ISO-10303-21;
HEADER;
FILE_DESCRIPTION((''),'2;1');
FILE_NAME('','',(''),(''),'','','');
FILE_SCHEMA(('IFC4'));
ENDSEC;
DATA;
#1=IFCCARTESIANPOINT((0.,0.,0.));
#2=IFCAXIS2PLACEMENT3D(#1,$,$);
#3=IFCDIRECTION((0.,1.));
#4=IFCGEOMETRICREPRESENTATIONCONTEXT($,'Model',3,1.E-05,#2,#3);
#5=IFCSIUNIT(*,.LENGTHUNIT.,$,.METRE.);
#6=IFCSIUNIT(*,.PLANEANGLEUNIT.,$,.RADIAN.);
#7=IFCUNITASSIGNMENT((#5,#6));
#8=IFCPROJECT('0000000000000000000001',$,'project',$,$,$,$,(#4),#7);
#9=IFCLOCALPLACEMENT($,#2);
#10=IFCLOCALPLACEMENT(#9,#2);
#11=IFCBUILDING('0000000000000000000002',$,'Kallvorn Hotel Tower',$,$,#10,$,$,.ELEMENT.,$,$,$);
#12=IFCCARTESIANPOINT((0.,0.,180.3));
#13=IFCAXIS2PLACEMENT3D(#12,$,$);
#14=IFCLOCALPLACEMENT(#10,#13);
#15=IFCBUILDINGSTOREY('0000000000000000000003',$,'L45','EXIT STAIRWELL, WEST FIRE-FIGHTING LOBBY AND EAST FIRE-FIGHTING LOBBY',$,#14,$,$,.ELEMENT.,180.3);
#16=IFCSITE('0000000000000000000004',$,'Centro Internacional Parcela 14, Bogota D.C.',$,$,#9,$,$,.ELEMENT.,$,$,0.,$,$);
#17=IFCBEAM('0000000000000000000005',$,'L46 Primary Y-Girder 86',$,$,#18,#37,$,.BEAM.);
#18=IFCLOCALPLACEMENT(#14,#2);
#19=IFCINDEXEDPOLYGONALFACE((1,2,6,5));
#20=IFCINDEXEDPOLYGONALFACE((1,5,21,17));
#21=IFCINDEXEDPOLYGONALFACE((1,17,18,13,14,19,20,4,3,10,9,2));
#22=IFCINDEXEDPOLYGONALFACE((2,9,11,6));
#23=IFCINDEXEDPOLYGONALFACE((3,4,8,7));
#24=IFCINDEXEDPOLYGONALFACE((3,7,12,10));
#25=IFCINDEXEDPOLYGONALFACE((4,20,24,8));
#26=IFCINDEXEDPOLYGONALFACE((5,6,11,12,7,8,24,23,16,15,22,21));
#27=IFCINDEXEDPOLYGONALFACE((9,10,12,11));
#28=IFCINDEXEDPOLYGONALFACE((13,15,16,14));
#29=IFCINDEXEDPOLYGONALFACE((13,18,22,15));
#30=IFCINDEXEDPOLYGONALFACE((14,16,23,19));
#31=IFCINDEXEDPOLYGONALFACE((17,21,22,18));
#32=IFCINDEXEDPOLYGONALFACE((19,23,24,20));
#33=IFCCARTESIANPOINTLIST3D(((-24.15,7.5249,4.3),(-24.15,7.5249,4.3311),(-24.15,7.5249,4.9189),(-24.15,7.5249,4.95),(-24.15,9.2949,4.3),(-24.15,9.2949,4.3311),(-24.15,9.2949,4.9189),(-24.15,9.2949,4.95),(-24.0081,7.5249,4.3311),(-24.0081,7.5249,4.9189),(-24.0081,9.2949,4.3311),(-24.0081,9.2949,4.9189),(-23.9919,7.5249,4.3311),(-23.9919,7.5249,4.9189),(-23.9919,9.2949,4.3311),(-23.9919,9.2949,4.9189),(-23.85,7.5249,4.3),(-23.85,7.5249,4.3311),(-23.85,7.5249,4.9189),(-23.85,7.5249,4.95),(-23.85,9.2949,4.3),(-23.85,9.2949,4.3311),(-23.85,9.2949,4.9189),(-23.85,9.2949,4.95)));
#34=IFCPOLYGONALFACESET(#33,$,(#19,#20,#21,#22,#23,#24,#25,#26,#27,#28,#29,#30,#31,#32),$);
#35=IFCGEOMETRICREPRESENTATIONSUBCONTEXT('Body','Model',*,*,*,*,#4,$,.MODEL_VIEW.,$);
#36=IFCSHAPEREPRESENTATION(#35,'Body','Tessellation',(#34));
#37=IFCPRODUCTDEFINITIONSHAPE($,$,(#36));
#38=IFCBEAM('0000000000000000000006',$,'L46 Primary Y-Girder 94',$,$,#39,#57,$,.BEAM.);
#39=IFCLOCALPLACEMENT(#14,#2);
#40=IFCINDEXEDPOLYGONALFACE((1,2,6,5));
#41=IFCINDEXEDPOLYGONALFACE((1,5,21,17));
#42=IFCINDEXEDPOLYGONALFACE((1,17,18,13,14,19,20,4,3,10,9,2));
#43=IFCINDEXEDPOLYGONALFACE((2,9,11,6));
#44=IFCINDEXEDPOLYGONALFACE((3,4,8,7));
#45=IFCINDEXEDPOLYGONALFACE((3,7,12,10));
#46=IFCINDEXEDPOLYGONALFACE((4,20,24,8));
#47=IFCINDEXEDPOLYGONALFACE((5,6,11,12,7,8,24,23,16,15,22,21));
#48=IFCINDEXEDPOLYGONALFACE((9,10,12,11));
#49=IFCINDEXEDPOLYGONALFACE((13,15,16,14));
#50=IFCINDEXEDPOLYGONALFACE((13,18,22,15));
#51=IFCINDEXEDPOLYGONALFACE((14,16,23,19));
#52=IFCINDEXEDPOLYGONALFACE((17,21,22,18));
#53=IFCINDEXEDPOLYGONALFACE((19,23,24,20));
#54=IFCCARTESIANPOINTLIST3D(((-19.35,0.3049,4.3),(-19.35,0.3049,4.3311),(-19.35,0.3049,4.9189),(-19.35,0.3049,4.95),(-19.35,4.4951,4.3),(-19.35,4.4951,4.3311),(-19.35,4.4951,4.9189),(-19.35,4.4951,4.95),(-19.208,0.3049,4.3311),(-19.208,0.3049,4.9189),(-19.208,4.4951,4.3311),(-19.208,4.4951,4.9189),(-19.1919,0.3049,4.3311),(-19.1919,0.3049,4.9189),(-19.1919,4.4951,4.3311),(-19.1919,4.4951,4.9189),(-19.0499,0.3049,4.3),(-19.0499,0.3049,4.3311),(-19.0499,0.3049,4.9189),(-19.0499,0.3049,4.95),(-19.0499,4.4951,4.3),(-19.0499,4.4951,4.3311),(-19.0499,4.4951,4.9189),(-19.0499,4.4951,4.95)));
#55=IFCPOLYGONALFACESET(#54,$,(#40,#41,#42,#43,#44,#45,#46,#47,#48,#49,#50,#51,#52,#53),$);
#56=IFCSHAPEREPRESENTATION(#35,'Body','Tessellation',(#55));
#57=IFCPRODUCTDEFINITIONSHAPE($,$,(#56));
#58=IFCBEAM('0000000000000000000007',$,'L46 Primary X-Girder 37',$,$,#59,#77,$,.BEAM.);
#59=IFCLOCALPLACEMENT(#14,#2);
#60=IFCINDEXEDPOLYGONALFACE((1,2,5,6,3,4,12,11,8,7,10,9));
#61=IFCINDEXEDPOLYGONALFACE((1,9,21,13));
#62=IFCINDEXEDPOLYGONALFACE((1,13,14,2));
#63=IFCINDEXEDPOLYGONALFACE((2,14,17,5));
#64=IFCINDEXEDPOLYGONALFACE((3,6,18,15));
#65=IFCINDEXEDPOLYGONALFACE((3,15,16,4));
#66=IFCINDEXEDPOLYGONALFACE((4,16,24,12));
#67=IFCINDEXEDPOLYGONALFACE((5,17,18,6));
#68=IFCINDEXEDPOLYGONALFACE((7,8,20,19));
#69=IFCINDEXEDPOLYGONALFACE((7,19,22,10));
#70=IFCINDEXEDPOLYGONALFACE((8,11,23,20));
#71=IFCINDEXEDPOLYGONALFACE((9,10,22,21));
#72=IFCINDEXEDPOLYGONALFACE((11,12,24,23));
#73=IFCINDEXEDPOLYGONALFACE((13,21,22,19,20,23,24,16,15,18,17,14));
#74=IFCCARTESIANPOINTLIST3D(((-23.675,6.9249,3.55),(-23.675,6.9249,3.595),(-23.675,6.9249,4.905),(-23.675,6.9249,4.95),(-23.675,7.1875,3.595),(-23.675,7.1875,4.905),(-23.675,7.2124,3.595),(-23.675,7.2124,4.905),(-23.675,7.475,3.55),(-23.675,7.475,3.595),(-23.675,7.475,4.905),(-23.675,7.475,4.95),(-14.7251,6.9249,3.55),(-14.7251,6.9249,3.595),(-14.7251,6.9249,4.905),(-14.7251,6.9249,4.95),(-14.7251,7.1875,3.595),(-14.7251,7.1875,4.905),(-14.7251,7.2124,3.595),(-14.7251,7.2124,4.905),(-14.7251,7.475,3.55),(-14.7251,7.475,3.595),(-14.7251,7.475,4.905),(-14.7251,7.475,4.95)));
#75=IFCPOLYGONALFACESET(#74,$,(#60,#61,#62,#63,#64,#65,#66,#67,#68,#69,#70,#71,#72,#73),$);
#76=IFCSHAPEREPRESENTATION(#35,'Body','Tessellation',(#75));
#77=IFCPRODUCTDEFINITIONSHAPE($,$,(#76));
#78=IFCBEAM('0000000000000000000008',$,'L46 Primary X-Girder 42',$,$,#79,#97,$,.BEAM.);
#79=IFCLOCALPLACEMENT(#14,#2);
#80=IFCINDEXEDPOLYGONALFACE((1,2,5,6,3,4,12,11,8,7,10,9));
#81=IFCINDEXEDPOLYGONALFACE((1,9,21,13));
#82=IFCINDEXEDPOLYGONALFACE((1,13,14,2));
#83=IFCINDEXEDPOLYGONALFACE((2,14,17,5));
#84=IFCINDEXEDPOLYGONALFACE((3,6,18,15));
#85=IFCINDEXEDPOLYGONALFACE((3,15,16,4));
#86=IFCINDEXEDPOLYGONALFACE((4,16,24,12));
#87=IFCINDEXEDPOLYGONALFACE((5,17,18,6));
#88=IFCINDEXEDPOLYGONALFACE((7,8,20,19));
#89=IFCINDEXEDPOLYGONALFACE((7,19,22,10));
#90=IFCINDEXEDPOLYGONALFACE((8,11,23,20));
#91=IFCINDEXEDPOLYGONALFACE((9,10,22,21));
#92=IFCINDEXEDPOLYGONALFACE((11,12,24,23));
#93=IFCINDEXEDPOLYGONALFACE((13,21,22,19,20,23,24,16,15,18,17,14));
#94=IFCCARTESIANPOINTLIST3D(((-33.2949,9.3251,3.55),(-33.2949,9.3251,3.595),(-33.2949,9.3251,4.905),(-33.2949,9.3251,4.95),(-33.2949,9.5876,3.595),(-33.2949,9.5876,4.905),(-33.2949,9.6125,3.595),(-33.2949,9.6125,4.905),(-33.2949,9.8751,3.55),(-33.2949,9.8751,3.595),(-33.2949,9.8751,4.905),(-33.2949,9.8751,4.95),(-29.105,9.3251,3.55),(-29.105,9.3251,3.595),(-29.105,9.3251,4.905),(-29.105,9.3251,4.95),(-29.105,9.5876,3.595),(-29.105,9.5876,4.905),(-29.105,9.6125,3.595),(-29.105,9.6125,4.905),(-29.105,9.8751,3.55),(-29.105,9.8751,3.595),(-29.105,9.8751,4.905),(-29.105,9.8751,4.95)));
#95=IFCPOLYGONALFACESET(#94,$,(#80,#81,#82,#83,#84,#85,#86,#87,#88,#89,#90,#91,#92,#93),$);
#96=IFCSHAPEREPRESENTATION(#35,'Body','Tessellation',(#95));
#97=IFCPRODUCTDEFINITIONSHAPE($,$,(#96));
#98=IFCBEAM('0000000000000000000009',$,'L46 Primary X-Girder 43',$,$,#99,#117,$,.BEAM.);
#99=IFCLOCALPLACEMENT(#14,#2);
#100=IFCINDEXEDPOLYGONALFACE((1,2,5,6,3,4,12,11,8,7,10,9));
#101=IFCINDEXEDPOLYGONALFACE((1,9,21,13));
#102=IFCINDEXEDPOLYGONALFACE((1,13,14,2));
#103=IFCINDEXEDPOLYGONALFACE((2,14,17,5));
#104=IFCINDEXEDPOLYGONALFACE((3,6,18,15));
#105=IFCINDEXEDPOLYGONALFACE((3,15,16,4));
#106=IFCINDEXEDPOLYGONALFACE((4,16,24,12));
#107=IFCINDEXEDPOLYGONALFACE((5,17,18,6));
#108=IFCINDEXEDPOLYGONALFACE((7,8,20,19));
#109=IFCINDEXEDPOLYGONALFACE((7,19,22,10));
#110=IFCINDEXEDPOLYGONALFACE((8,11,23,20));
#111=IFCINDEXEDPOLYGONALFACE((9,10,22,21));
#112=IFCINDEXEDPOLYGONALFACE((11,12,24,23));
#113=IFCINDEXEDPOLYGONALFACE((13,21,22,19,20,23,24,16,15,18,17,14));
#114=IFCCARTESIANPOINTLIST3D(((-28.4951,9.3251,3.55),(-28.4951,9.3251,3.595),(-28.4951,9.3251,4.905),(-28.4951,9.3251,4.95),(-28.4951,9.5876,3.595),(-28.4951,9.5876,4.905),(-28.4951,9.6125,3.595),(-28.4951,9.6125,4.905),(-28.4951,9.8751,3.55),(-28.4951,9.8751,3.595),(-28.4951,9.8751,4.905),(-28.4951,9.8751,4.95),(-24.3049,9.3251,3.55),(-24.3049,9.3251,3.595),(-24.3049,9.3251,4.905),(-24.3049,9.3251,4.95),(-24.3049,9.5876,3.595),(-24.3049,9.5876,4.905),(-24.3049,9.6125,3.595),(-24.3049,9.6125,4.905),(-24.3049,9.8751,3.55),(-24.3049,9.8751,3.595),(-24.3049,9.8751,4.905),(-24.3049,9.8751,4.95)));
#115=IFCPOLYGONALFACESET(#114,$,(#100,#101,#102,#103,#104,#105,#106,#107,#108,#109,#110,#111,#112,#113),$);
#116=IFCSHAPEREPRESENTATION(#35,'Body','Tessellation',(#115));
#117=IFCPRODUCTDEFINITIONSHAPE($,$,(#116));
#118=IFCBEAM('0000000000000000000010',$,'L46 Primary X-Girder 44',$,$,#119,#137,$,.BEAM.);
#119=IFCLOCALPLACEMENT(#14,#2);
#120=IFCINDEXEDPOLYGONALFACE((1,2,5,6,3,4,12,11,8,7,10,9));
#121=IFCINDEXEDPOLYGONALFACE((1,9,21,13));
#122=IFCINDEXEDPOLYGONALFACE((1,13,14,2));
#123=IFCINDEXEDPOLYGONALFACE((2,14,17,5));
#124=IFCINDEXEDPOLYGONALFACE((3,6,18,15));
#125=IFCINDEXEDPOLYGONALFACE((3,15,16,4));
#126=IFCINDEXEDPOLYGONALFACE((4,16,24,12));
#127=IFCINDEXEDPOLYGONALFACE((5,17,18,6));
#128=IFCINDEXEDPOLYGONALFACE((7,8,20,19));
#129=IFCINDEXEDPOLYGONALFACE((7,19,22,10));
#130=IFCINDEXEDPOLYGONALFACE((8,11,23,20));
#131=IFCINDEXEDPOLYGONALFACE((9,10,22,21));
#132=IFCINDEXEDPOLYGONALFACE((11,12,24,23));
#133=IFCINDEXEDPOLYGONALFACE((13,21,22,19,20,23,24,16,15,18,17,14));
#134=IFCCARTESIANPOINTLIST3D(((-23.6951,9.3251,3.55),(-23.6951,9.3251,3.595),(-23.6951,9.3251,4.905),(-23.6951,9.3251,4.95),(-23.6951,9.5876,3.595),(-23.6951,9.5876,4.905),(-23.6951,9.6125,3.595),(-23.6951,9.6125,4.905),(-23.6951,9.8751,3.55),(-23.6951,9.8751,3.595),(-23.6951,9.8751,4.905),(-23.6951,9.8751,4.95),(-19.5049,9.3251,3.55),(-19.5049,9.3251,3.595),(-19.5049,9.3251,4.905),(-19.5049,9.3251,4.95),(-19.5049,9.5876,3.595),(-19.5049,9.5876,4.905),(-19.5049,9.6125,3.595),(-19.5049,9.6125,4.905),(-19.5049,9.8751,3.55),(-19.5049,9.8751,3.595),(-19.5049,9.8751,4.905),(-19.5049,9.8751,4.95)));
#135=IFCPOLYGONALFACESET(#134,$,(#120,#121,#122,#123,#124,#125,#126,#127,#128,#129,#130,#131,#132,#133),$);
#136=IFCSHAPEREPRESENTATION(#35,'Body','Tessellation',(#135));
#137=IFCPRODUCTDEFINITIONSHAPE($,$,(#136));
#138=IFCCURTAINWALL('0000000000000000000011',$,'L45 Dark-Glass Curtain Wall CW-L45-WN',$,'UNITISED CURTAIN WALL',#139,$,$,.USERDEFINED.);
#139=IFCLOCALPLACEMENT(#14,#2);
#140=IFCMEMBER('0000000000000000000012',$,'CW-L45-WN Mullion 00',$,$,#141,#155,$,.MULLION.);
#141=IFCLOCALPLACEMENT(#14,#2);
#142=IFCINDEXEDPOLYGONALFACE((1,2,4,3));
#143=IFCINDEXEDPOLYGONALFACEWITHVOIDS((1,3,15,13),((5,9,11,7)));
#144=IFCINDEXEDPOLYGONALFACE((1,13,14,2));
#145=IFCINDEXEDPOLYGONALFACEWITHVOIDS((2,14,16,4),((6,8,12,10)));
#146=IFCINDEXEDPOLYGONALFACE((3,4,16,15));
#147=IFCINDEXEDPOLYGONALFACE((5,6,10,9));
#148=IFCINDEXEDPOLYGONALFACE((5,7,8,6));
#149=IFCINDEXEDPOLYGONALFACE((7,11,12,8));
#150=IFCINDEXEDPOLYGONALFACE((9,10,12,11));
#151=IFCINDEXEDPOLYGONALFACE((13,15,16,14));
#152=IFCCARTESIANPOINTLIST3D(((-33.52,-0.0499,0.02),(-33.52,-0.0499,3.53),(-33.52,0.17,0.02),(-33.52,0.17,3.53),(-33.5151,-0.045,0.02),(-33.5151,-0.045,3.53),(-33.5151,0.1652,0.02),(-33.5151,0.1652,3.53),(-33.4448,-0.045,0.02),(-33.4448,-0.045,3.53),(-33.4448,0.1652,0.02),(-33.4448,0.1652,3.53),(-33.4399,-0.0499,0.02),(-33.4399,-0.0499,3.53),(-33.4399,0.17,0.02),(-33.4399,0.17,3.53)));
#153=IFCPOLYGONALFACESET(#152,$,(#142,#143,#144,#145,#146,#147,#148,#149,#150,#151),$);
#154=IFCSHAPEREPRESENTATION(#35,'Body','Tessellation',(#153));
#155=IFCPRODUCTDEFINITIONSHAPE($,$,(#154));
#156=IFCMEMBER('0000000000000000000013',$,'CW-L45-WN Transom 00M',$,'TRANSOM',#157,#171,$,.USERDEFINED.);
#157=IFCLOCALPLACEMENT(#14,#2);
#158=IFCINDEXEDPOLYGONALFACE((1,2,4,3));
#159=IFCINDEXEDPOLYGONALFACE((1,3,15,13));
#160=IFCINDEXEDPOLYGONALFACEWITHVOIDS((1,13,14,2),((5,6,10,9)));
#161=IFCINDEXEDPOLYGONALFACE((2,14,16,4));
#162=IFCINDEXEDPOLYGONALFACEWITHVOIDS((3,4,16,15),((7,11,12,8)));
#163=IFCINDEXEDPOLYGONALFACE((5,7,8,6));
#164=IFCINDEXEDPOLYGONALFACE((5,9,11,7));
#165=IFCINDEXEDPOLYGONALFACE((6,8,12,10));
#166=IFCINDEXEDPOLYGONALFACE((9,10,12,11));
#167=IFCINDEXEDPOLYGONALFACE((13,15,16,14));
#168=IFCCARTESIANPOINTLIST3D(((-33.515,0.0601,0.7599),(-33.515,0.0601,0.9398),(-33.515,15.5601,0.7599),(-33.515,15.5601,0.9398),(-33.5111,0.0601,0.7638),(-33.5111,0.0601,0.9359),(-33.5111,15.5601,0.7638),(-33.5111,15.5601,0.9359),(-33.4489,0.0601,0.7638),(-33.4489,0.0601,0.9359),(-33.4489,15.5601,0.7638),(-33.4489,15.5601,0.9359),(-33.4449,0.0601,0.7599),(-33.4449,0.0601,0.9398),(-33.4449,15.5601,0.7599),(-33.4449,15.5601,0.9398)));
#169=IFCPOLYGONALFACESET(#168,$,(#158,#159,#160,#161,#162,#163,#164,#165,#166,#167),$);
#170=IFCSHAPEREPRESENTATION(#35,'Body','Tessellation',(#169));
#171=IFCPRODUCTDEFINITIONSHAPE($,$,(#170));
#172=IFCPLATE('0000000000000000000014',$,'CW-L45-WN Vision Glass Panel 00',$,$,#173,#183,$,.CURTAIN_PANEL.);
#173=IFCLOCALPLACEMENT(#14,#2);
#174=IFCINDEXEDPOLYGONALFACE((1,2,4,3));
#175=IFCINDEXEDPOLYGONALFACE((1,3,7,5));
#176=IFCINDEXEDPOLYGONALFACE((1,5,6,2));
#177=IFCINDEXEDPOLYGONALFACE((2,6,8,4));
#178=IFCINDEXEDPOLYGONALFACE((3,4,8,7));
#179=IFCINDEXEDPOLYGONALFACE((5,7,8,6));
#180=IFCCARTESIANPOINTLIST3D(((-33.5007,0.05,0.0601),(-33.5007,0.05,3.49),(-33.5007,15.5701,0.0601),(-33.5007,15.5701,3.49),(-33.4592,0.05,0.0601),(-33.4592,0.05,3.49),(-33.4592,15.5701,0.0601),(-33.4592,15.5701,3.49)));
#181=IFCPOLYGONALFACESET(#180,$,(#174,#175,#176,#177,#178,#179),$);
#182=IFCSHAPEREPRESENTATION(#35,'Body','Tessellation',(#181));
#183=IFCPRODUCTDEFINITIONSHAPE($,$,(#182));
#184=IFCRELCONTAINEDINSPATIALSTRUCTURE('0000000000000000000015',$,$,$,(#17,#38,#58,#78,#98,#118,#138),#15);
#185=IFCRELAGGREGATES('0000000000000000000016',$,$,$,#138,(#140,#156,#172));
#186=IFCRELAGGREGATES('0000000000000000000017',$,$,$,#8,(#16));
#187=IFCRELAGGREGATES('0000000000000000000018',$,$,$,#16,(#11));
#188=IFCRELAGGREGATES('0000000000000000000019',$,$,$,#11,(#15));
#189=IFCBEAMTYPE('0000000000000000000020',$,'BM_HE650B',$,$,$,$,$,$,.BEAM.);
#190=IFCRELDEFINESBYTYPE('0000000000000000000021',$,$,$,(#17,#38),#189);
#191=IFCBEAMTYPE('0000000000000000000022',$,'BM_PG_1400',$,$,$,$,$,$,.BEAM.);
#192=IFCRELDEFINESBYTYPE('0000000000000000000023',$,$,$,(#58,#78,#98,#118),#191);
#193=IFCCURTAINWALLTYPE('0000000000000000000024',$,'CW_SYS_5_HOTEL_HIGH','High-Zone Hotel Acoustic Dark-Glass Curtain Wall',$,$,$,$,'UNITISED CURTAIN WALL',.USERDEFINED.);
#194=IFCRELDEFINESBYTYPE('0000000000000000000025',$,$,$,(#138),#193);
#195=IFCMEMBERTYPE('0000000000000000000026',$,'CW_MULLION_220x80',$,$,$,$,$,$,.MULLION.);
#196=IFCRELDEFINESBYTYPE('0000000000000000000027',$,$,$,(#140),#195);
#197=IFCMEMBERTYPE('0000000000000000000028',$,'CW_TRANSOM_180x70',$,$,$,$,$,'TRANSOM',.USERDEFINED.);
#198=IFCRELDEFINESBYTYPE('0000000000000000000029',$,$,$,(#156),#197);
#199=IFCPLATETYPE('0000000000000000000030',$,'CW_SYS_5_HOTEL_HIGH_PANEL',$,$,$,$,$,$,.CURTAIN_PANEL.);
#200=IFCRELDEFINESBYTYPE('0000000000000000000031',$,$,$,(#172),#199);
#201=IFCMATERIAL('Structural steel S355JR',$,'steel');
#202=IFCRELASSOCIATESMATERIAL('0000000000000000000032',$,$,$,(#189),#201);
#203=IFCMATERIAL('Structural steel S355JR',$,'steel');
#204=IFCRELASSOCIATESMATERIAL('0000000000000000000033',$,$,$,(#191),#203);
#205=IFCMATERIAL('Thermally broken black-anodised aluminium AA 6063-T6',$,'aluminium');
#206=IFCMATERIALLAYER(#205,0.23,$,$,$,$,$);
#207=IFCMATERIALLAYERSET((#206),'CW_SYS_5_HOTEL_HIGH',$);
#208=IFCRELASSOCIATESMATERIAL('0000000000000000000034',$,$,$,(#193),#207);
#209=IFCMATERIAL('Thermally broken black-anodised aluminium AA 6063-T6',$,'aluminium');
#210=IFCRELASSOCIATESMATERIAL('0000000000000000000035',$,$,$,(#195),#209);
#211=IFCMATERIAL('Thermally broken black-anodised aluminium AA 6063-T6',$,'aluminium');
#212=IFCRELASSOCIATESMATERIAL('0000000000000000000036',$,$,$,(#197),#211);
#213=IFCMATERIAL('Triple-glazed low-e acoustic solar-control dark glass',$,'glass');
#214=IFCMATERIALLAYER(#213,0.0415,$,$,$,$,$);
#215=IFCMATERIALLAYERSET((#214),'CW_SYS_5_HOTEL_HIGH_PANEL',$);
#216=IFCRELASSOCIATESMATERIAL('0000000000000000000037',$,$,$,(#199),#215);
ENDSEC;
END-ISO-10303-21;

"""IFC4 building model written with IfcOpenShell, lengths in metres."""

from ifc_helpers import new_model, si_unit, direction, frame, origin, origin_2d, place, context, subcontext, project, spatial, rectangle, hollow_rectangle, i_section, extrude, material, layer, layer_set, material_profile, profile_set, type_object, element, aggregate, save


model = new_model("IFC4")

# Units and contexts
model_context = context("Model", 3, precision=1e-05, world=origin(), true_north=direction((0.0, 1.0)))
body_context = subcontext(model_context, "Body", "Model", "MODEL_VIEW")
ifc_project = project(units=[si_unit("LENGTHUNIT", "METRE"), si_unit("PLANEANGLEUNIT", "RADIAN")], contexts=[model_context])

# Site, building, storey
site_placement = place(None, origin())
site = spatial("IfcSite", under=ifc_project, at=site_placement, Name="Centro Internacional Parcela 14, Bogota D.C.", CompositionType="ELEMENT", RefElevation=0.0)
building_placement = place(site_placement, origin())
building = spatial("IfcBuilding", under=site, at=building_placement, Name="Kallvorn Hotel Tower", CompositionType="ELEMENT")
storey_placement = place(building_placement, frame((0.0, 0.0, 180.3)))
storey = spatial("IfcBuildingStorey", under=building, at=storey_placement, Name="L45", Description="EXIT STAIRWELL, WEST FIRE-FIGHTING LOBBY AND EAST FIRE-FIGHTING LOBBY", CompositionType="ELEMENT", Elevation=180.3)

# Beams
ifc_material_1 = material(Name="Structural steel S355JR", Category="steel")
ifc_material_profile_1 = material_profile(ifc_material_1, i_section(OverallWidth=0.3, OverallDepth=0.6499, WebThickness=0.0161, FlangeThickness=0.031, at=origin_2d()), Name="HE 650 B")
ifc_profile_set_1 = profile_set([ifc_material_profile_1], Name="Structural steel S355JR")
beam_type_1 = type_object("IfcBeamType", Name="BM_HE650B", PredefinedType="BEAM", material=ifc_profile_set_1)
beam_1_placement = place(storey_placement, frame((-24.0, 7.5249, 4.625), z_axis=(0.0, 1.0, 0.0), x_axis=(-1.0, 0.0, 0.0)))
element("IfcBeam", 1, at=beam_1_placement, inside=storey, type_object=beam_type_1, Name="L46 Primary Y-Girder 86", PredefinedType="BEAM", context=body_context, shape_type="SweptSolid", body=[
    extrude(i_section(OverallWidth=0.3, OverallDepth=0.6499, WebThickness=0.0161, FlangeThickness=0.031, at=origin_2d()), origin(), (0.0, 0.0, 1.0), 1.77),
])
beam_2_placement = place(storey_placement, frame((-19.2, 0.3049, 4.625), z_axis=(0.0, 1.0, 0.0), x_axis=(-1.0, 0.0, 0.0)))
element("IfcBeam", 2, at=beam_2_placement, inside=storey, type_object=beam_type_1, Name="L46 Primary Y-Girder 94", PredefinedType="BEAM", context=body_context, shape_type="SweptSolid", body=[
    extrude(i_section(OverallWidth=0.3, OverallDepth=0.6499, WebThickness=0.0161, FlangeThickness=0.031, at=origin_2d()), origin(), (0.0, 0.0, 1.0), 4.1902),
])
ifc_material_2 = material(Name="Structural steel S355JR", Category="steel")
ifc_material_profile_2 = material_profile(ifc_material_2, i_section(OverallWidth=0.55, OverallDepth=1.3999, WebThickness=0.0249, FlangeThickness=0.0449, at=origin_2d()), Name="PG 1400x550x25x45")
ifc_profile_set_2 = profile_set([ifc_material_profile_2], Name="Structural steel S355JR")
beam_type_2 = type_object("IfcBeamType", Name="BM_PG_1400", PredefinedType="BEAM", material=ifc_profile_set_2)
beam_3_placement = place(storey_placement, frame((-23.675, 7.2, 4.25), z_axis=(1.0, 0.0, 0.0), x_axis=(0.0, 1.0, 0.0)))
element("IfcBeam", 3, at=beam_3_placement, inside=storey, type_object=beam_type_2, Name="L46 Primary X-Girder 37", PredefinedType="BEAM", context=body_context, shape_type="SweptSolid", body=[
    extrude(i_section(OverallWidth=0.55, OverallDepth=1.3999, WebThickness=0.0249, FlangeThickness=0.0449, at=origin_2d()), origin(), (0.0, 0.0, 1.0), 8.95),
])
beam_4_placement = place(storey_placement, frame((-33.2949, 9.6001, 4.25), z_axis=(1.0, 0.0, 0.0), x_axis=(0.0, 1.0, 0.0)))
element("IfcBeam", 4, at=beam_4_placement, inside=storey, type_object=beam_type_2, Name="L46 Primary X-Girder 42", PredefinedType="BEAM", context=body_context, shape_type="SweptSolid", body=[
    extrude(i_section(OverallWidth=0.55, OverallDepth=1.3999, WebThickness=0.0249, FlangeThickness=0.0449, at=origin_2d()), origin(), (0.0, 0.0, 1.0), 4.1899),
])
for number, where, z_axis, x_axis, name in (
    (5, (-28.4951, 9.6001, 4.25), (1.0, 0.0, 0.0), (0.0, 1.0, 0.0), "L46 Primary X-Girder 43"),
    (6, (-23.6951, 9.6001, 4.25), (1.0, 0.0, 0.0), (0.0, 1.0, 0.0), "L46 Primary X-Girder 44"),
):
    element("IfcBeam", number, at=place(storey_placement, frame(where, z_axis=z_axis, x_axis=x_axis)), inside=storey, type_object=beam_type_2, Name=name, PredefinedType="BEAM", context=body_context, shape_type="SweptSolid", body=[
        extrude(i_section(OverallWidth=0.55, OverallDepth=1.3999, WebThickness=0.0249, FlangeThickness=0.0449, at=origin_2d()), origin(), (0.0, 0.0, 1.0), 4.1902),
    ])

# Curtain wall, members, plate
ifc_material_3 = material(Name="Thermally broken black-anodised aluminium AA 6063-T6", Category="aluminium")
ifc_layer_1 = layer(ifc_material_3, 0.23)
ifc_layer_set_1 = layer_set([ifc_layer_1], Name="CW_SYS_5_HOTEL_HIGH")
curtain_wall_type = type_object("IfcCurtainWallType", Name="CW_SYS_5_HOTEL_HIGH", Description="High-Zone Hotel Acoustic Dark-Glass Curtain Wall", ElementType="UNITISED CURTAIN WALL", PredefinedType="USERDEFINED", material=ifc_layer_set_1)
curtain_wall_placement = place(storey_placement, origin())
curtain_wall = element("IfcCurtainWall", 7, at=curtain_wall_placement, inside=storey, type_object=curtain_wall_type, Name="L45 Dark-Glass Curtain Wall CW-L45-WN", ObjectType="UNITISED CURTAIN WALL", PredefinedType="USERDEFINED")
ifc_material_4 = material(Name="Thermally broken black-anodised aluminium AA 6063-T6", Category="aluminium")
ifc_material_profile_3 = material_profile(ifc_material_4, hollow_rectangle(XDim=0.0801, YDim=0.22, WallThickness=0.0049, at=origin_2d()), Name="MUL 220x80")
ifc_profile_set_3 = profile_set([ifc_material_profile_3], Name="Thermally broken black-anodised aluminium AA 6063-T6")
member_type_1 = type_object("IfcMemberType", Name="CW_MULLION_220x80", PredefinedType="MULLION", material=ifc_profile_set_3)
member_1_placement = place(storey_placement, frame((-33.48, 0.0601, 0.02), z_axis=(0.0, 0.0, 1.0), x_axis=(1.0, 0.0, 0.0)))
member_1 = element("IfcMember", 8, at=member_1_placement, type_object=member_type_1, Name="CW-L45-WN Mullion 00", PredefinedType="MULLION", context=body_context, shape_type="SweptSolid", body=[
    extrude(hollow_rectangle(XDim=0.0801, YDim=0.22, WallThickness=0.0049, at=origin_2d()), origin(), (0.0, 0.0, 1.0), 3.51),
])
ifc_material_5 = material(Name="Thermally broken black-anodised aluminium AA 6063-T6", Category="aluminium")
ifc_material_profile_4 = material_profile(ifc_material_5, hollow_rectangle(XDim=0.0701, YDim=0.1799, WallThickness=0.0039, at=origin_2d()), Name="TRN 180x70")
ifc_profile_set_4 = profile_set([ifc_material_profile_4], Name="Thermally broken black-anodised aluminium AA 6063-T6")
member_type_2 = type_object("IfcMemberType", Name="CW_TRANSOM_180x70", ElementType="TRANSOM", PredefinedType="USERDEFINED", material=ifc_profile_set_4)
member_2_placement = place(storey_placement, frame((-33.48, 0.0601, 0.8499), z_axis=(0.0, 1.0, 0.0), x_axis=(-1.0, 0.0, 0.0)))
member_2 = element("IfcMember", 9, at=member_2_placement, type_object=member_type_2, Name="CW-L45-WN Transom 00M", ObjectType="TRANSOM", PredefinedType="USERDEFINED", context=body_context, shape_type="SweptSolid", body=[
    extrude(hollow_rectangle(XDim=0.0701, YDim=0.1799, WallThickness=0.0039, at=origin_2d()), origin(), (0.0, 0.0, 1.0), 15.5),
])
ifc_material_6 = material(Name="Triple-glazed low-e acoustic solar-control dark glass", Category="glass")
ifc_layer_2 = layer(ifc_material_6, 0.0415)
ifc_layer_set_2 = layer_set([ifc_layer_2], Name="CW_SYS_5_HOTEL_HIGH_PANEL")
plate_type = type_object("IfcPlateType", Name="CW_SYS_5_HOTEL_HIGH_PANEL", PredefinedType="CURTAIN_PANEL", material=ifc_layer_set_2)
plate_placement = place(storey_placement, frame((-33.48, 7.8101, 0.0601), z_axis=(0.0, 0.0, 1.0), x_axis=(0.0, 1.0, 0.0)))
plate = element("IfcPlate", 10, at=plate_placement, type_object=plate_type, Name="CW-L45-WN Vision Glass Panel 00", PredefinedType="CURTAIN_PANEL", context=body_context, shape_type="SweptSolid", body=[
    extrude(rectangle(XDim=15.52, YDim=0.0415, at=origin_2d()), origin(), (0.0, 0.0, 1.0), 3.4299),
])
aggregate(curtain_wall, [member_1, member_2, plate])

save(model, "model.ifc")
